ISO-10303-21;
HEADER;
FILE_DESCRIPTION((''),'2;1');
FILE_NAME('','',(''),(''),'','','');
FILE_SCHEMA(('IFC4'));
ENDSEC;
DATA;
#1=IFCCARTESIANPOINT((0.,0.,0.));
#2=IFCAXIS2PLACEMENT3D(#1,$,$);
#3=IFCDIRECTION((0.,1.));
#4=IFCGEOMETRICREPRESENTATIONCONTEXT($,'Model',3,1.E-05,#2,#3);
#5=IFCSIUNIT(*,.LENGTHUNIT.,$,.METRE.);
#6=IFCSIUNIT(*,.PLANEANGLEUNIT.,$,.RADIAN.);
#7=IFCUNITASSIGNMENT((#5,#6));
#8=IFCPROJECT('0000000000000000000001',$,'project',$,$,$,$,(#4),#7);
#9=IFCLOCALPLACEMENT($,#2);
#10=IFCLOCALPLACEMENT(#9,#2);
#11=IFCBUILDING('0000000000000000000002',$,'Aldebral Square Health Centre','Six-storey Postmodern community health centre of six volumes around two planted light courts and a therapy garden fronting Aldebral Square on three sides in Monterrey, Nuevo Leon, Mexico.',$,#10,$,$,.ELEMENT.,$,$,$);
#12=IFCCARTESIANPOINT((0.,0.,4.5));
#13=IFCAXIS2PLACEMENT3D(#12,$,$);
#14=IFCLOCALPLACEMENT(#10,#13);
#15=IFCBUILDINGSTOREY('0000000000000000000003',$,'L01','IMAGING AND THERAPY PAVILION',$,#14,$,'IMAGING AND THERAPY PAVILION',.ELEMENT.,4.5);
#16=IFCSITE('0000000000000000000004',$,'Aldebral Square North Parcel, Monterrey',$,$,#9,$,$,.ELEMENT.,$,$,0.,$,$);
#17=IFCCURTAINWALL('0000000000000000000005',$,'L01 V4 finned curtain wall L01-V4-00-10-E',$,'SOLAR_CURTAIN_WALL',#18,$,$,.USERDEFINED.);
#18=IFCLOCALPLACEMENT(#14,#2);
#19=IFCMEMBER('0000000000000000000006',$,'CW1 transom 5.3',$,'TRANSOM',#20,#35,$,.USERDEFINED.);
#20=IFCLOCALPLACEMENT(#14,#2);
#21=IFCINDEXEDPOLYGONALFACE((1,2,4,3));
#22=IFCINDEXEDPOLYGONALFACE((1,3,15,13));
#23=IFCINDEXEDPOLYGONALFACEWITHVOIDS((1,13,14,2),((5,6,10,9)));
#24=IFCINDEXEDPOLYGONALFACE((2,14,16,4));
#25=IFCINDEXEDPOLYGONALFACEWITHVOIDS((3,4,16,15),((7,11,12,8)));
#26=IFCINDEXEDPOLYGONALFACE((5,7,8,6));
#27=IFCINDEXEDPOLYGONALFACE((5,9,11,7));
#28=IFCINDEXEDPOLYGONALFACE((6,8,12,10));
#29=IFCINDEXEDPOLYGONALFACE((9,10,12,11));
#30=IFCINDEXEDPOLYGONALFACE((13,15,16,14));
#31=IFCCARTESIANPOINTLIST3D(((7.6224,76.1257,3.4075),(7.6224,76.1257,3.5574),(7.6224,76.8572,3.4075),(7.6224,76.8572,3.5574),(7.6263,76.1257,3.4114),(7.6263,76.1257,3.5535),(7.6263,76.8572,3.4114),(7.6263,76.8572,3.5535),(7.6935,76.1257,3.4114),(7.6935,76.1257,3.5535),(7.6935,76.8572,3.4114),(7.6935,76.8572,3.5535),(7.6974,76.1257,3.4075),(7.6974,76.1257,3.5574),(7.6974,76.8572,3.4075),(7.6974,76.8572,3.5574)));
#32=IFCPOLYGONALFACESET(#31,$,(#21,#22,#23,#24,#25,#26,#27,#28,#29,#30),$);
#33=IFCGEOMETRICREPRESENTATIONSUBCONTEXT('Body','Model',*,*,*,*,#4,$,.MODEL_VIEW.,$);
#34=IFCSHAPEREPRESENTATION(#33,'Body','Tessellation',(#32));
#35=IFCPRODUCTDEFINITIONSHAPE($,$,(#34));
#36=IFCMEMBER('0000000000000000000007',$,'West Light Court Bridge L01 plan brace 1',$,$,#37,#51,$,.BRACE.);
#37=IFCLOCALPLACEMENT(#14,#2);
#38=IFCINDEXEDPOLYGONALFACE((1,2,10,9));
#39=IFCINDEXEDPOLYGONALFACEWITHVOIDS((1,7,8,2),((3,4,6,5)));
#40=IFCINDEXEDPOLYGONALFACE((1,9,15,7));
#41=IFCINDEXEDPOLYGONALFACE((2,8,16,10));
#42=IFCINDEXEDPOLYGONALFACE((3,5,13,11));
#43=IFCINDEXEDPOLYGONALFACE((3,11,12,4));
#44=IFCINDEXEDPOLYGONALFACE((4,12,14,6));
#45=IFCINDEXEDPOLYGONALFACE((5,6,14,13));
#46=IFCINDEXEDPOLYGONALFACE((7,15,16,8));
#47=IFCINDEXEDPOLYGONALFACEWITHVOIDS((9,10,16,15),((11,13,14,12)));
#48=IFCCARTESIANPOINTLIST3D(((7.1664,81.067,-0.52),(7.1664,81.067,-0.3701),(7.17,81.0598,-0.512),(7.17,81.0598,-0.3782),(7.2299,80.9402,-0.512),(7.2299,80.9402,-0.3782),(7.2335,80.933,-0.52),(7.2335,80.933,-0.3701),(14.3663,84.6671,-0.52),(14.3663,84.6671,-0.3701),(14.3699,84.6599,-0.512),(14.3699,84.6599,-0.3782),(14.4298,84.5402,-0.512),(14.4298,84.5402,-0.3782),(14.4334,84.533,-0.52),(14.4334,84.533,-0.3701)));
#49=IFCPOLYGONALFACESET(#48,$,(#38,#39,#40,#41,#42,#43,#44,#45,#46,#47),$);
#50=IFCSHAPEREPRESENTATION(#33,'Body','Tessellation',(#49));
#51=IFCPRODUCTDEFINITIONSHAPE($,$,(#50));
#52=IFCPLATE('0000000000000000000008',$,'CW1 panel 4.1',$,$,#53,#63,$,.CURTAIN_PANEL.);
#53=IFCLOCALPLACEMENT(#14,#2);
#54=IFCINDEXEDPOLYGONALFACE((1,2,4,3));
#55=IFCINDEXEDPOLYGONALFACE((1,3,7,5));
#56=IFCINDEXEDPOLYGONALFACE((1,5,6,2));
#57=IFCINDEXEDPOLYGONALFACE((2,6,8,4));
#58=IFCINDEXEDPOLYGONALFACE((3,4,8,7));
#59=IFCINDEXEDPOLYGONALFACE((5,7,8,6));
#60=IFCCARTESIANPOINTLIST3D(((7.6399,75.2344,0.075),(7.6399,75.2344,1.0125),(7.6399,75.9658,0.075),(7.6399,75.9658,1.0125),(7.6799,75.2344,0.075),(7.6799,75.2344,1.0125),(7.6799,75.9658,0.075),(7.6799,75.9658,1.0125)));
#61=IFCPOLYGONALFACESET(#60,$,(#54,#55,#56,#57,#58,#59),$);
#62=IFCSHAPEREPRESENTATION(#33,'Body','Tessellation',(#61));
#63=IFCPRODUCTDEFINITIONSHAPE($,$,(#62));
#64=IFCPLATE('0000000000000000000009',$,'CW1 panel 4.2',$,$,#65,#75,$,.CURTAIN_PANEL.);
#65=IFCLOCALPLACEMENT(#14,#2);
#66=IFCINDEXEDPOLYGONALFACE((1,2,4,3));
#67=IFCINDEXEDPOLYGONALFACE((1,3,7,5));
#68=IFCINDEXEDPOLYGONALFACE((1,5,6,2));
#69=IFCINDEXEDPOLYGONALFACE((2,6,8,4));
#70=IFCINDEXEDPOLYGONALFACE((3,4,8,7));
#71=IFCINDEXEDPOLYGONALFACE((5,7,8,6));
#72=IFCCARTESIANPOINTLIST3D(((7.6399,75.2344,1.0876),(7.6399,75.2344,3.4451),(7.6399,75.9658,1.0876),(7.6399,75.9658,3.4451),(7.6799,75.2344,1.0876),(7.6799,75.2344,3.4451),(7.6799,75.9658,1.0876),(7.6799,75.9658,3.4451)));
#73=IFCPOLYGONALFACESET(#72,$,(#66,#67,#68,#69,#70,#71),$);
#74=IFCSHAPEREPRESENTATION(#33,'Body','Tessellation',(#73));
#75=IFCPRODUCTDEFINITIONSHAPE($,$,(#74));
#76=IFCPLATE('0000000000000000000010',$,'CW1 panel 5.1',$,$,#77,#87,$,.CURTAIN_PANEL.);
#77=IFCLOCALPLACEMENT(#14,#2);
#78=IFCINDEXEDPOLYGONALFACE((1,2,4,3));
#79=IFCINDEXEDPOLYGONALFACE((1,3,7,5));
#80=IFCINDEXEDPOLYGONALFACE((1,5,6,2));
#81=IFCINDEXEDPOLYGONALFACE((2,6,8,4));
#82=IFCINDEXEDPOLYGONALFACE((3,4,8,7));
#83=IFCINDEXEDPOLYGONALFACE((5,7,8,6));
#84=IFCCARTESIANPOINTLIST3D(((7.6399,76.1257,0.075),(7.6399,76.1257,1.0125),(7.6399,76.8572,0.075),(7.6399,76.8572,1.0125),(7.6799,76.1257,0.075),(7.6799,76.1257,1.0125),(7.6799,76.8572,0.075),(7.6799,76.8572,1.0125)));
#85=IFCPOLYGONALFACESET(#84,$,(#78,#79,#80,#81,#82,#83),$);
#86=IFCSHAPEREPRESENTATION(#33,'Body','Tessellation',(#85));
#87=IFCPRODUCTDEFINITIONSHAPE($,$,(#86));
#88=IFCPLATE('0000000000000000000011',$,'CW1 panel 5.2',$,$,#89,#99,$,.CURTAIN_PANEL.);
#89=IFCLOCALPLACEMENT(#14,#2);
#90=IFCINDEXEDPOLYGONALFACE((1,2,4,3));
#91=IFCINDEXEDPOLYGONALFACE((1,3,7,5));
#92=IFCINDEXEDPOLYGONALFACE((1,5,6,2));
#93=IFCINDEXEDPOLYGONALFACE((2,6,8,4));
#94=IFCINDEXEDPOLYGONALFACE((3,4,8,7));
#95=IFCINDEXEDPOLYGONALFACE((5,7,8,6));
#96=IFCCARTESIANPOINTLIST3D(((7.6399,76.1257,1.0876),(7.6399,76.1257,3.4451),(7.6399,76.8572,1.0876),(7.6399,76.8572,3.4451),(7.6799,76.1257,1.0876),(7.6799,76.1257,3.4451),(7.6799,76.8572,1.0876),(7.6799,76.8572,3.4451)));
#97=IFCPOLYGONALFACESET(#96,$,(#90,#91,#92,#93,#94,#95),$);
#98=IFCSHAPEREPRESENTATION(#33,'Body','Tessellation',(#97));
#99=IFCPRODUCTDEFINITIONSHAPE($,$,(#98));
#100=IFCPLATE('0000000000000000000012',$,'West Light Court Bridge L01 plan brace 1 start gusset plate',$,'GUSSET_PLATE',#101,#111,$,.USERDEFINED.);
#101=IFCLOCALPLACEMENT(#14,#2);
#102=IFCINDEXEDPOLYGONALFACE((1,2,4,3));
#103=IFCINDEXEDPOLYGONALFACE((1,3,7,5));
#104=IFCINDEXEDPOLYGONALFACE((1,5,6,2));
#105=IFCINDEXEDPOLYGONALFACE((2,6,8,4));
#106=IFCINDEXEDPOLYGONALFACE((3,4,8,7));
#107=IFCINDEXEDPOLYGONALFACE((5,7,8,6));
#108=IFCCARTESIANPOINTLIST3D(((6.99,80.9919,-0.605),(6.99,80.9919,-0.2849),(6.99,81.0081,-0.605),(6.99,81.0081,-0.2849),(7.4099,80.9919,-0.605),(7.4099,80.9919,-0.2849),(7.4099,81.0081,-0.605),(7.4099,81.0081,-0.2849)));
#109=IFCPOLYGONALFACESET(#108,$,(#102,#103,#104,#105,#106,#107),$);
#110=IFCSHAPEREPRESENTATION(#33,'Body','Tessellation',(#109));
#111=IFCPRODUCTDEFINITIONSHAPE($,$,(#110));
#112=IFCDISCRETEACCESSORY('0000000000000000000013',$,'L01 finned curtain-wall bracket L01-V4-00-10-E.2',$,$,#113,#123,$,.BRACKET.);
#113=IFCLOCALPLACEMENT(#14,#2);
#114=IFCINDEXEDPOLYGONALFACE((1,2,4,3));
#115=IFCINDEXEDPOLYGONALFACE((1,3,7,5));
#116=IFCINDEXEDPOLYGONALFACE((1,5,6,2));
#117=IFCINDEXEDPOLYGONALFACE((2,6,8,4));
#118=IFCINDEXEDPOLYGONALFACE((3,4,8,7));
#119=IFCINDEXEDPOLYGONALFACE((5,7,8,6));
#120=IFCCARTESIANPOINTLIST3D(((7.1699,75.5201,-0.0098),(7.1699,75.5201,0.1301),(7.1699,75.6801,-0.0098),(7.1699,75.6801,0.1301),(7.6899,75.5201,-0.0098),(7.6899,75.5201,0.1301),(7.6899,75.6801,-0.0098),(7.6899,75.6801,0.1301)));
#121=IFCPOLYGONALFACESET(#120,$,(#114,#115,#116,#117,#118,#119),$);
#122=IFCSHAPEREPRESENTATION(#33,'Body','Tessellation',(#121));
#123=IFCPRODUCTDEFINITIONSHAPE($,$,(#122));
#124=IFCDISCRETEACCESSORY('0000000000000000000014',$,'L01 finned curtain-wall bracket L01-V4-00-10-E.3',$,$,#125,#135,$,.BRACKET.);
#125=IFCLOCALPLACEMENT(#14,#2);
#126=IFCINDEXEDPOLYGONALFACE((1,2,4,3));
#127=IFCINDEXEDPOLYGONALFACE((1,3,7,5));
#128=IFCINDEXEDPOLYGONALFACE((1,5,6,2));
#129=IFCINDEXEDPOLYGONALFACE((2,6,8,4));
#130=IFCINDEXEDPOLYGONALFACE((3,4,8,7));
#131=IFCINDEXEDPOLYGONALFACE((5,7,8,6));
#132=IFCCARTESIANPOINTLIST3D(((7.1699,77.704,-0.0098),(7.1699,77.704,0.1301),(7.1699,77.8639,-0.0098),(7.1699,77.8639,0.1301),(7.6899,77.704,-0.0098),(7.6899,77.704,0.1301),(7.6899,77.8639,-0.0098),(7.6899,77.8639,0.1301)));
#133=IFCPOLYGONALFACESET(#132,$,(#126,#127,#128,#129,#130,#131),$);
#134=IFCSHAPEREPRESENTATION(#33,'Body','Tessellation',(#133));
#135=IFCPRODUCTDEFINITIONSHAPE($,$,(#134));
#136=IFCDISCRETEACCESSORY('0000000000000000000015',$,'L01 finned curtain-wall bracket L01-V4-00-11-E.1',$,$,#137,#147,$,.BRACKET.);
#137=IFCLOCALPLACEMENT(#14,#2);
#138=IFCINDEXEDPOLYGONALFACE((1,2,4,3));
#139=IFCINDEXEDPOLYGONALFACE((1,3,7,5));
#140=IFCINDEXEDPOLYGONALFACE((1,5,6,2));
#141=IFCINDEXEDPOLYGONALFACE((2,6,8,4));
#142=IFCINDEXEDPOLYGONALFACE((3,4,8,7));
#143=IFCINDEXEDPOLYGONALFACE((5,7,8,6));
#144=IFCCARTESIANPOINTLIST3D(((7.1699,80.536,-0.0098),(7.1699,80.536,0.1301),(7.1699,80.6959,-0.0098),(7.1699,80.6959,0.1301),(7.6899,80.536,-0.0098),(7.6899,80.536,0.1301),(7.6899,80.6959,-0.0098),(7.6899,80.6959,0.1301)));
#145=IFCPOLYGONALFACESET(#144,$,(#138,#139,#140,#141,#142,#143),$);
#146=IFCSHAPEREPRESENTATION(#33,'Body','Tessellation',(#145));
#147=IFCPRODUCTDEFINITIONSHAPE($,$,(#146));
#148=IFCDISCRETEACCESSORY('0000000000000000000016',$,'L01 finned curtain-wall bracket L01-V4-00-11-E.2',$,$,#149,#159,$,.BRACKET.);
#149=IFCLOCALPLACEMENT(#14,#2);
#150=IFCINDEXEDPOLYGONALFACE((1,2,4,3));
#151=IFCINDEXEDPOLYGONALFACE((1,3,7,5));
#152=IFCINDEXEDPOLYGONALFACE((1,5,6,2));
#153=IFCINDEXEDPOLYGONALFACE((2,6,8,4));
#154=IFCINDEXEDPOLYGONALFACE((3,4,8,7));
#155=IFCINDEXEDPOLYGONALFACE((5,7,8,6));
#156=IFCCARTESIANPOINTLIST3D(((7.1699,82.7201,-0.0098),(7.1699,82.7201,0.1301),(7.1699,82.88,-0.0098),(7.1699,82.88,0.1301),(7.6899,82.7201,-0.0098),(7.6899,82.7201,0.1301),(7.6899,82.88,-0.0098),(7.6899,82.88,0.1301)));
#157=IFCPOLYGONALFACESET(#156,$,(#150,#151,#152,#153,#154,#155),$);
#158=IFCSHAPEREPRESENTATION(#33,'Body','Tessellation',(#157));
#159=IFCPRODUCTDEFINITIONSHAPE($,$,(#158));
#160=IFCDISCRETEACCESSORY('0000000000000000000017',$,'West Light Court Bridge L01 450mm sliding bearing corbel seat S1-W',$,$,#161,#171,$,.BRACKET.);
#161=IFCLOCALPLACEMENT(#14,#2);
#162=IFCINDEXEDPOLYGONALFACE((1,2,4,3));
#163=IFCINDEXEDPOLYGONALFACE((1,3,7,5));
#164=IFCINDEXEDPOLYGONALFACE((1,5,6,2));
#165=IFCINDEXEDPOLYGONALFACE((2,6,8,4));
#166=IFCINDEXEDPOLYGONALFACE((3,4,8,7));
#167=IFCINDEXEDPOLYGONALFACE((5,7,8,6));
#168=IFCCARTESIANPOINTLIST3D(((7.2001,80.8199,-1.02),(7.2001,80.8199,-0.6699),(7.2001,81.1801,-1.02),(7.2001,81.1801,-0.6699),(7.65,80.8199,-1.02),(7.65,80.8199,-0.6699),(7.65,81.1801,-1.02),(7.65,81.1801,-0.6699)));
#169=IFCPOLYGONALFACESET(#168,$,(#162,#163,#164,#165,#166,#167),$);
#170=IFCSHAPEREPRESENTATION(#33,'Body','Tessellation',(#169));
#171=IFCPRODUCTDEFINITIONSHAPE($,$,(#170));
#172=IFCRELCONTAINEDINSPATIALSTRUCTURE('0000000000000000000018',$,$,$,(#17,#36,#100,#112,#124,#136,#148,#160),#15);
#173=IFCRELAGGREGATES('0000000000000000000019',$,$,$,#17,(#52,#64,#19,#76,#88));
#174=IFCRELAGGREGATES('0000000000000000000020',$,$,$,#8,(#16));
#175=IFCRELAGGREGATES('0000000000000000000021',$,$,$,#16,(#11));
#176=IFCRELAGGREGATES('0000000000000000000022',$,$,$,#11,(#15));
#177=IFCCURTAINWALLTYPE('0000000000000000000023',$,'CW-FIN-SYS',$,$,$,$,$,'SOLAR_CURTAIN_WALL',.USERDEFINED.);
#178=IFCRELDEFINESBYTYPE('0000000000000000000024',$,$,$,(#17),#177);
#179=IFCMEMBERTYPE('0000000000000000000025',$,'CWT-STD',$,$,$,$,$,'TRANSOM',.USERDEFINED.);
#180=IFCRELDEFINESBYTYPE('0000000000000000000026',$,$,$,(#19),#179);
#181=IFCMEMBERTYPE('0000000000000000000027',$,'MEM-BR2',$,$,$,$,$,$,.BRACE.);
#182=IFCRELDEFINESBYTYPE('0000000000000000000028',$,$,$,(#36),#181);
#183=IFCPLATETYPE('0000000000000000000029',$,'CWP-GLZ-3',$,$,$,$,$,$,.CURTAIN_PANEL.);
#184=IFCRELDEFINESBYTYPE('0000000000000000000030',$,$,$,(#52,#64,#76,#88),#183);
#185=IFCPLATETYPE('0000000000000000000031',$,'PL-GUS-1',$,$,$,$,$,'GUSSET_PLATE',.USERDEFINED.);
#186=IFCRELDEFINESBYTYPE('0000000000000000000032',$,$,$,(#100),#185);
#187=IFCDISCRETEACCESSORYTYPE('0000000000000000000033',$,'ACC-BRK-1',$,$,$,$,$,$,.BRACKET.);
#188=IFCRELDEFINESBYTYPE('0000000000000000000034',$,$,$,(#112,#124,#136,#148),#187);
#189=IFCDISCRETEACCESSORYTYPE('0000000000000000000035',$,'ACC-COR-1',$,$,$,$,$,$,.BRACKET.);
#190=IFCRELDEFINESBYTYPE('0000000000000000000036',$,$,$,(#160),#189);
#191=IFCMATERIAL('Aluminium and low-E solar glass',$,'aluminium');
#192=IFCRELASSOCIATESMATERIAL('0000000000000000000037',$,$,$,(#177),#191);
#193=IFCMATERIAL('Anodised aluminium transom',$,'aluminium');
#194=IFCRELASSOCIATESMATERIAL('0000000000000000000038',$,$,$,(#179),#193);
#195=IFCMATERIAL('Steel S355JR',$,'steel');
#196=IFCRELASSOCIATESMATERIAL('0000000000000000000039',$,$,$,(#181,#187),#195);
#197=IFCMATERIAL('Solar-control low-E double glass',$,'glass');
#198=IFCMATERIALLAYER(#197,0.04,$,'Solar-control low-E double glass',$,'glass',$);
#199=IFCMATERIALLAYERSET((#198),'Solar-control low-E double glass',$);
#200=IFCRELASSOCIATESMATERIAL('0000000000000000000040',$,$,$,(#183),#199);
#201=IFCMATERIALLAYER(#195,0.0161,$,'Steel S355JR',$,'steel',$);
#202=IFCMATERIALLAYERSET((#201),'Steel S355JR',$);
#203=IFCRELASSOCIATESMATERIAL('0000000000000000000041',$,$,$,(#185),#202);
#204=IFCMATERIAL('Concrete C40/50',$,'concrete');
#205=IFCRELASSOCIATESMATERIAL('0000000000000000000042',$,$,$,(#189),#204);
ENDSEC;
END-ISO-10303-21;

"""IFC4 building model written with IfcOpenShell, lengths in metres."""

from ifc_helpers import new_model, si_unit, direction, frame, origin, origin_2d, place, context, subcontext, project, spatial, rectangle, hollow_rectangle, extrude, material, layer, layer_set, material_profile, profile_set, type_object, element, aggregate, save


model = new_model("IFC4")

# Units and contexts
model_context = context("Model", 3, precision=1e-05, world=origin(), true_north=direction((0.0, 1.0)))
body_context = subcontext(model_context, "Body", "Model", "MODEL_VIEW")
ifc_project = project(units=[si_unit("LENGTHUNIT", "METRE"), si_unit("PLANEANGLEUNIT", "RADIAN")], contexts=[model_context])

# Site, building, storey
site_placement = place(None, origin())
site = spatial("IfcSite", under=ifc_project, at=site_placement, Name="Aldebral Square North Parcel, Monterrey", CompositionType="ELEMENT", RefElevation=0.0)
building_placement = place(site_placement, origin())
building = spatial("IfcBuilding", under=site, at=building_placement, Name="Aldebral Square Health Centre", Description="Six-storey Postmodern community health centre of six volumes around two planted light courts and a therapy garden fronting Aldebral Square on three sides in Monterrey, Nuevo Leon, Mexico.", CompositionType="ELEMENT")
storey_placement = place(building_placement, frame((0.0, 0.0, 4.5)))
storey = spatial("IfcBuildingStorey", under=building, at=storey_placement, Name="L01", Description="IMAGING AND THERAPY PAVILION", LongName="IMAGING AND THERAPY PAVILION", CompositionType="ELEMENT", Elevation=4.5)

# Shared definitions
ifc_material_1 = material(Name="Concrete C40/50", Category="concrete")

# Shared definitions
ifc_material_2 = material(Name="Steel S355JR", Category="steel")

# Curtain wall, member
ifc_material_3 = material(Name="Aluminium and low-E solar glass", Category="aluminium")
curtain_wall_type = type_object("IfcCurtainWallType", Name="CW-FIN-SYS", ElementType="SOLAR_CURTAIN_WALL", PredefinedType="USERDEFINED", material=ifc_material_3)
curtain_wall_placement = place(storey_placement, origin())
curtain_wall = element("IfcCurtainWall", 1, at=curtain_wall_placement, inside=storey, type_object=curtain_wall_type, Name="L01 V4 finned curtain wall L01-V4-00-10-E", ObjectType="SOLAR_CURTAIN_WALL", PredefinedType="USERDEFINED")
ifc_material_4 = material(Name="Anodised aluminium transom", Category="aluminium")
ifc_material_profile_1 = material_profile(ifc_material_4, hollow_rectangle(XDim=0.075, YDim=0.1499, WallThickness=0.0039, at=origin_2d()), Name="CWT 75x150x4")
ifc_profile_set_1 = profile_set([ifc_material_profile_1], Name="Anodised aluminium transom")
member_type_1 = type_object("IfcMemberType", Name="CWT-STD", ElementType="TRANSOM", PredefinedType="USERDEFINED", material=ifc_profile_set_1)
member_1_placement = place(storey_placement, frame((7.6599, 76.1257, 3.4824), z_axis=(0.0, 1.0, 0.0), x_axis=(-1.0, 0.0, 0.0)))
member_1 = element("IfcMember", 2, at=member_1_placement, type_object=member_type_1, Name="CW1 transom 5.3", ObjectType="TRANSOM", PredefinedType="USERDEFINED", context=body_context, shape_type="SweptSolid", body=[
    extrude(hollow_rectangle(XDim=0.075, YDim=0.1499, WallThickness=0.0039, at=origin_2d()), origin(), (0.0, 0.0, 1.0), 0.7314),
])

# Member
ifc_material_profile_2 = material_profile(ifc_material_2, hollow_rectangle(XDim=0.1499, YDim=0.1499, WallThickness=0.0081, at=origin_2d()), Name="150x150x8 SHS")
ifc_profile_set_2 = profile_set([ifc_material_profile_2], Name="Steel S355JR")
member_type_2 = type_object("IfcMemberType", Name="MEM-BR2", PredefinedType="BRACE", material=ifc_profile_set_2)
member_2_placement = place(storey_placement, frame((7.2, 81.0, -0.4451), z_axis=(0.894421, 0.447226, 0.0), x_axis=(-0.447226, 0.894421, 0.0)))
element("IfcMember", 3, at=member_2_placement, inside=storey, type_object=member_type_2, Name="West Light Court Bridge L01 plan brace 1", PredefinedType="BRACE", context=body_context, shape_type="SweptSolid", body=[
    extrude(hollow_rectangle(XDim=0.1499, YDim=0.1499, WallThickness=0.0081, at=origin_2d()), origin(), (0.0, 0.0, 1.0), 8.0498),
])

# Plates
ifc_material_5 = material(Name="Solar-control low-E double glass", Category="glass")
ifc_layer_1 = layer(ifc_material_5, 0.04, Name="Solar-control low-E double glass", Category="glass")
ifc_layer_set_1 = layer_set([ifc_layer_1], Name="Solar-control low-E double glass")
plate_type_1 = type_object("IfcPlateType", Name="CWP-GLZ-3", PredefinedType="CURTAIN_PANEL", material=ifc_layer_set_1)
plate_1_placement = place(storey_placement, frame((7.6599, 75.6001, 0.075), z_axis=(0.0, 0.0, 1.0), x_axis=(0.0, 1.0, 0.0)))
plate_1 = element("IfcPlate", 4, at=plate_1_placement, type_object=plate_type_1, Name="CW1 panel 4.1", PredefinedType="CURTAIN_PANEL", context=body_context, shape_type="SweptSolid", body=[
    extrude(rectangle(XDim=0.7314, YDim=0.04, at=origin_2d()), origin(), (0.0, 0.0, 1.0), 0.9375),
])
plate_2_placement = place(storey_placement, frame((7.6599, 75.6001, 1.0876), z_axis=(0.0, 0.0, 1.0), x_axis=(0.0, 1.0, 0.0)))
plate_2 = element("IfcPlate", 5, at=plate_2_placement, type_object=plate_type_1, Name="CW1 panel 4.2", PredefinedType="CURTAIN_PANEL", context=body_context, shape_type="SweptSolid", body=[
    extrude(rectangle(XDim=0.7314, YDim=0.04, at=origin_2d()), origin(), (0.0, 0.0, 1.0), 2.3574),
])
plate_3_placement = place(storey_placement, frame((7.6599, 76.4915, 0.075), z_axis=(0.0, 0.0, 1.0), x_axis=(0.0, 1.0, 0.0)))
plate_3 = element("IfcPlate", 6, at=plate_3_placement, type_object=plate_type_1, Name="CW1 panel 5.1", PredefinedType="CURTAIN_PANEL", context=body_context, shape_type="SweptSolid", body=[
    extrude(rectangle(XDim=0.7314, YDim=0.04, at=origin_2d()), origin(), (0.0, 0.0, 1.0), 0.9375),
])
plate_4_placement = place(storey_placement, frame((7.6599, 76.4915, 1.0876), z_axis=(0.0, 0.0, 1.0), x_axis=(0.0, 1.0, 0.0)))
plate_4 = element("IfcPlate", 7, at=plate_4_placement, type_object=plate_type_1, Name="CW1 panel 5.2", PredefinedType="CURTAIN_PANEL", context=body_context, shape_type="SweptSolid", body=[
    extrude(rectangle(XDim=0.7314, YDim=0.04, at=origin_2d()), origin(), (0.0, 0.0, 1.0), 2.3574),
])
aggregate(curtain_wall, [plate_1, plate_2, member_1, plate_3, plate_4])
ifc_layer_2 = layer(ifc_material_2, 0.0161, Name="Steel S355JR", Category="steel")
ifc_layer_set_2 = layer_set([ifc_layer_2], Name="Steel S355JR")
plate_type_2 = type_object("IfcPlateType", Name="PL-GUS-1", ElementType="GUSSET_PLATE", PredefinedType="USERDEFINED", material=ifc_layer_set_2)
plate_5_placement = place(storey_placement, frame((7.2, 81.0, -0.605), z_axis=(0.0, 0.0, 1.0), x_axis=(1.0, 0.0, 0.0)))
element("IfcPlate", 8, at=plate_5_placement, inside=storey, type_object=plate_type_2, Name="West Light Court Bridge L01 plan brace 1 start gusset plate", ObjectType="GUSSET_PLATE", PredefinedType="USERDEFINED", context=body_context, shape_type="SweptSolid", body=[
    extrude(rectangle(XDim=0.4199, YDim=0.0161, at=origin_2d()), origin(), (0.0, 0.0, 1.0), 0.3201),
])

# Discrete accessories
discrete_accessory_type_1 = type_object("IfcDiscreteAccessoryType", Name="ACC-BRK-1", PredefinedType="BRACKET", material=ifc_material_2)
for number, where, z_axis, x_axis, name in (
    (9, (7.4299, 75.6001, -0.0098), (0.0, 0.0, 1.0), (0.0, 1.0, 0.0), "L01 finned curtain-wall bracket L01-V4-00-10-E.2"),
    (10, (7.4299, 77.7839, -0.0098), (0.0, 0.0, 1.0), (0.0, 1.0, 0.0), "L01 finned curtain-wall bracket L01-V4-00-10-E.3"),
    (11, (7.4299, 80.616, -0.0098), (0.0, 0.0, 1.0), (0.0, 1.0, 0.0), "L01 finned curtain-wall bracket L01-V4-00-11-E.1"),
    (12, (7.4299, 82.8, -0.0098), (0.0, 0.0, 1.0), (0.0, 1.0, 0.0), "L01 finned curtain-wall bracket L01-V4-00-11-E.2"),
):
    element("IfcDiscreteAccessory", number, at=place(storey_placement, frame(where, z_axis=z_axis, x_axis=x_axis)), inside=storey, type_object=discrete_accessory_type_1, Name=name, PredefinedType="BRACKET", context=body_context, shape_type="SweptSolid", body=[
        extrude(rectangle(XDim=0.1599, YDim=0.52, at=origin_2d()), origin(), (0.0, 0.0, 1.0), 0.1399),
    ])
discrete_accessory_type_2 = type_object("IfcDiscreteAccessoryType", Name="ACC-COR-1", PredefinedType="BRACKET", material=ifc_material_1)
discrete_accessory_placement = place(storey_placement, frame((7.425, 81.0, -1.02), z_axis=(0.0, 0.0, 1.0), x_axis=(1.0, 0.0, 0.0)))
element("IfcDiscreteAccessory", 13, at=discrete_accessory_placement, inside=storey, type_object=discrete_accessory_type_2, Name="West Light Court Bridge L01 450mm sliding bearing corbel seat S1-W", PredefinedType="BRACKET", context=body_context, shape_type="SweptSolid", body=[
    extrude(rectangle(XDim=0.45, YDim=0.3601, at=origin_2d()), origin(), (0.0, 0.0, 1.0), 0.3501),
])

save(model, "model.ifc")
